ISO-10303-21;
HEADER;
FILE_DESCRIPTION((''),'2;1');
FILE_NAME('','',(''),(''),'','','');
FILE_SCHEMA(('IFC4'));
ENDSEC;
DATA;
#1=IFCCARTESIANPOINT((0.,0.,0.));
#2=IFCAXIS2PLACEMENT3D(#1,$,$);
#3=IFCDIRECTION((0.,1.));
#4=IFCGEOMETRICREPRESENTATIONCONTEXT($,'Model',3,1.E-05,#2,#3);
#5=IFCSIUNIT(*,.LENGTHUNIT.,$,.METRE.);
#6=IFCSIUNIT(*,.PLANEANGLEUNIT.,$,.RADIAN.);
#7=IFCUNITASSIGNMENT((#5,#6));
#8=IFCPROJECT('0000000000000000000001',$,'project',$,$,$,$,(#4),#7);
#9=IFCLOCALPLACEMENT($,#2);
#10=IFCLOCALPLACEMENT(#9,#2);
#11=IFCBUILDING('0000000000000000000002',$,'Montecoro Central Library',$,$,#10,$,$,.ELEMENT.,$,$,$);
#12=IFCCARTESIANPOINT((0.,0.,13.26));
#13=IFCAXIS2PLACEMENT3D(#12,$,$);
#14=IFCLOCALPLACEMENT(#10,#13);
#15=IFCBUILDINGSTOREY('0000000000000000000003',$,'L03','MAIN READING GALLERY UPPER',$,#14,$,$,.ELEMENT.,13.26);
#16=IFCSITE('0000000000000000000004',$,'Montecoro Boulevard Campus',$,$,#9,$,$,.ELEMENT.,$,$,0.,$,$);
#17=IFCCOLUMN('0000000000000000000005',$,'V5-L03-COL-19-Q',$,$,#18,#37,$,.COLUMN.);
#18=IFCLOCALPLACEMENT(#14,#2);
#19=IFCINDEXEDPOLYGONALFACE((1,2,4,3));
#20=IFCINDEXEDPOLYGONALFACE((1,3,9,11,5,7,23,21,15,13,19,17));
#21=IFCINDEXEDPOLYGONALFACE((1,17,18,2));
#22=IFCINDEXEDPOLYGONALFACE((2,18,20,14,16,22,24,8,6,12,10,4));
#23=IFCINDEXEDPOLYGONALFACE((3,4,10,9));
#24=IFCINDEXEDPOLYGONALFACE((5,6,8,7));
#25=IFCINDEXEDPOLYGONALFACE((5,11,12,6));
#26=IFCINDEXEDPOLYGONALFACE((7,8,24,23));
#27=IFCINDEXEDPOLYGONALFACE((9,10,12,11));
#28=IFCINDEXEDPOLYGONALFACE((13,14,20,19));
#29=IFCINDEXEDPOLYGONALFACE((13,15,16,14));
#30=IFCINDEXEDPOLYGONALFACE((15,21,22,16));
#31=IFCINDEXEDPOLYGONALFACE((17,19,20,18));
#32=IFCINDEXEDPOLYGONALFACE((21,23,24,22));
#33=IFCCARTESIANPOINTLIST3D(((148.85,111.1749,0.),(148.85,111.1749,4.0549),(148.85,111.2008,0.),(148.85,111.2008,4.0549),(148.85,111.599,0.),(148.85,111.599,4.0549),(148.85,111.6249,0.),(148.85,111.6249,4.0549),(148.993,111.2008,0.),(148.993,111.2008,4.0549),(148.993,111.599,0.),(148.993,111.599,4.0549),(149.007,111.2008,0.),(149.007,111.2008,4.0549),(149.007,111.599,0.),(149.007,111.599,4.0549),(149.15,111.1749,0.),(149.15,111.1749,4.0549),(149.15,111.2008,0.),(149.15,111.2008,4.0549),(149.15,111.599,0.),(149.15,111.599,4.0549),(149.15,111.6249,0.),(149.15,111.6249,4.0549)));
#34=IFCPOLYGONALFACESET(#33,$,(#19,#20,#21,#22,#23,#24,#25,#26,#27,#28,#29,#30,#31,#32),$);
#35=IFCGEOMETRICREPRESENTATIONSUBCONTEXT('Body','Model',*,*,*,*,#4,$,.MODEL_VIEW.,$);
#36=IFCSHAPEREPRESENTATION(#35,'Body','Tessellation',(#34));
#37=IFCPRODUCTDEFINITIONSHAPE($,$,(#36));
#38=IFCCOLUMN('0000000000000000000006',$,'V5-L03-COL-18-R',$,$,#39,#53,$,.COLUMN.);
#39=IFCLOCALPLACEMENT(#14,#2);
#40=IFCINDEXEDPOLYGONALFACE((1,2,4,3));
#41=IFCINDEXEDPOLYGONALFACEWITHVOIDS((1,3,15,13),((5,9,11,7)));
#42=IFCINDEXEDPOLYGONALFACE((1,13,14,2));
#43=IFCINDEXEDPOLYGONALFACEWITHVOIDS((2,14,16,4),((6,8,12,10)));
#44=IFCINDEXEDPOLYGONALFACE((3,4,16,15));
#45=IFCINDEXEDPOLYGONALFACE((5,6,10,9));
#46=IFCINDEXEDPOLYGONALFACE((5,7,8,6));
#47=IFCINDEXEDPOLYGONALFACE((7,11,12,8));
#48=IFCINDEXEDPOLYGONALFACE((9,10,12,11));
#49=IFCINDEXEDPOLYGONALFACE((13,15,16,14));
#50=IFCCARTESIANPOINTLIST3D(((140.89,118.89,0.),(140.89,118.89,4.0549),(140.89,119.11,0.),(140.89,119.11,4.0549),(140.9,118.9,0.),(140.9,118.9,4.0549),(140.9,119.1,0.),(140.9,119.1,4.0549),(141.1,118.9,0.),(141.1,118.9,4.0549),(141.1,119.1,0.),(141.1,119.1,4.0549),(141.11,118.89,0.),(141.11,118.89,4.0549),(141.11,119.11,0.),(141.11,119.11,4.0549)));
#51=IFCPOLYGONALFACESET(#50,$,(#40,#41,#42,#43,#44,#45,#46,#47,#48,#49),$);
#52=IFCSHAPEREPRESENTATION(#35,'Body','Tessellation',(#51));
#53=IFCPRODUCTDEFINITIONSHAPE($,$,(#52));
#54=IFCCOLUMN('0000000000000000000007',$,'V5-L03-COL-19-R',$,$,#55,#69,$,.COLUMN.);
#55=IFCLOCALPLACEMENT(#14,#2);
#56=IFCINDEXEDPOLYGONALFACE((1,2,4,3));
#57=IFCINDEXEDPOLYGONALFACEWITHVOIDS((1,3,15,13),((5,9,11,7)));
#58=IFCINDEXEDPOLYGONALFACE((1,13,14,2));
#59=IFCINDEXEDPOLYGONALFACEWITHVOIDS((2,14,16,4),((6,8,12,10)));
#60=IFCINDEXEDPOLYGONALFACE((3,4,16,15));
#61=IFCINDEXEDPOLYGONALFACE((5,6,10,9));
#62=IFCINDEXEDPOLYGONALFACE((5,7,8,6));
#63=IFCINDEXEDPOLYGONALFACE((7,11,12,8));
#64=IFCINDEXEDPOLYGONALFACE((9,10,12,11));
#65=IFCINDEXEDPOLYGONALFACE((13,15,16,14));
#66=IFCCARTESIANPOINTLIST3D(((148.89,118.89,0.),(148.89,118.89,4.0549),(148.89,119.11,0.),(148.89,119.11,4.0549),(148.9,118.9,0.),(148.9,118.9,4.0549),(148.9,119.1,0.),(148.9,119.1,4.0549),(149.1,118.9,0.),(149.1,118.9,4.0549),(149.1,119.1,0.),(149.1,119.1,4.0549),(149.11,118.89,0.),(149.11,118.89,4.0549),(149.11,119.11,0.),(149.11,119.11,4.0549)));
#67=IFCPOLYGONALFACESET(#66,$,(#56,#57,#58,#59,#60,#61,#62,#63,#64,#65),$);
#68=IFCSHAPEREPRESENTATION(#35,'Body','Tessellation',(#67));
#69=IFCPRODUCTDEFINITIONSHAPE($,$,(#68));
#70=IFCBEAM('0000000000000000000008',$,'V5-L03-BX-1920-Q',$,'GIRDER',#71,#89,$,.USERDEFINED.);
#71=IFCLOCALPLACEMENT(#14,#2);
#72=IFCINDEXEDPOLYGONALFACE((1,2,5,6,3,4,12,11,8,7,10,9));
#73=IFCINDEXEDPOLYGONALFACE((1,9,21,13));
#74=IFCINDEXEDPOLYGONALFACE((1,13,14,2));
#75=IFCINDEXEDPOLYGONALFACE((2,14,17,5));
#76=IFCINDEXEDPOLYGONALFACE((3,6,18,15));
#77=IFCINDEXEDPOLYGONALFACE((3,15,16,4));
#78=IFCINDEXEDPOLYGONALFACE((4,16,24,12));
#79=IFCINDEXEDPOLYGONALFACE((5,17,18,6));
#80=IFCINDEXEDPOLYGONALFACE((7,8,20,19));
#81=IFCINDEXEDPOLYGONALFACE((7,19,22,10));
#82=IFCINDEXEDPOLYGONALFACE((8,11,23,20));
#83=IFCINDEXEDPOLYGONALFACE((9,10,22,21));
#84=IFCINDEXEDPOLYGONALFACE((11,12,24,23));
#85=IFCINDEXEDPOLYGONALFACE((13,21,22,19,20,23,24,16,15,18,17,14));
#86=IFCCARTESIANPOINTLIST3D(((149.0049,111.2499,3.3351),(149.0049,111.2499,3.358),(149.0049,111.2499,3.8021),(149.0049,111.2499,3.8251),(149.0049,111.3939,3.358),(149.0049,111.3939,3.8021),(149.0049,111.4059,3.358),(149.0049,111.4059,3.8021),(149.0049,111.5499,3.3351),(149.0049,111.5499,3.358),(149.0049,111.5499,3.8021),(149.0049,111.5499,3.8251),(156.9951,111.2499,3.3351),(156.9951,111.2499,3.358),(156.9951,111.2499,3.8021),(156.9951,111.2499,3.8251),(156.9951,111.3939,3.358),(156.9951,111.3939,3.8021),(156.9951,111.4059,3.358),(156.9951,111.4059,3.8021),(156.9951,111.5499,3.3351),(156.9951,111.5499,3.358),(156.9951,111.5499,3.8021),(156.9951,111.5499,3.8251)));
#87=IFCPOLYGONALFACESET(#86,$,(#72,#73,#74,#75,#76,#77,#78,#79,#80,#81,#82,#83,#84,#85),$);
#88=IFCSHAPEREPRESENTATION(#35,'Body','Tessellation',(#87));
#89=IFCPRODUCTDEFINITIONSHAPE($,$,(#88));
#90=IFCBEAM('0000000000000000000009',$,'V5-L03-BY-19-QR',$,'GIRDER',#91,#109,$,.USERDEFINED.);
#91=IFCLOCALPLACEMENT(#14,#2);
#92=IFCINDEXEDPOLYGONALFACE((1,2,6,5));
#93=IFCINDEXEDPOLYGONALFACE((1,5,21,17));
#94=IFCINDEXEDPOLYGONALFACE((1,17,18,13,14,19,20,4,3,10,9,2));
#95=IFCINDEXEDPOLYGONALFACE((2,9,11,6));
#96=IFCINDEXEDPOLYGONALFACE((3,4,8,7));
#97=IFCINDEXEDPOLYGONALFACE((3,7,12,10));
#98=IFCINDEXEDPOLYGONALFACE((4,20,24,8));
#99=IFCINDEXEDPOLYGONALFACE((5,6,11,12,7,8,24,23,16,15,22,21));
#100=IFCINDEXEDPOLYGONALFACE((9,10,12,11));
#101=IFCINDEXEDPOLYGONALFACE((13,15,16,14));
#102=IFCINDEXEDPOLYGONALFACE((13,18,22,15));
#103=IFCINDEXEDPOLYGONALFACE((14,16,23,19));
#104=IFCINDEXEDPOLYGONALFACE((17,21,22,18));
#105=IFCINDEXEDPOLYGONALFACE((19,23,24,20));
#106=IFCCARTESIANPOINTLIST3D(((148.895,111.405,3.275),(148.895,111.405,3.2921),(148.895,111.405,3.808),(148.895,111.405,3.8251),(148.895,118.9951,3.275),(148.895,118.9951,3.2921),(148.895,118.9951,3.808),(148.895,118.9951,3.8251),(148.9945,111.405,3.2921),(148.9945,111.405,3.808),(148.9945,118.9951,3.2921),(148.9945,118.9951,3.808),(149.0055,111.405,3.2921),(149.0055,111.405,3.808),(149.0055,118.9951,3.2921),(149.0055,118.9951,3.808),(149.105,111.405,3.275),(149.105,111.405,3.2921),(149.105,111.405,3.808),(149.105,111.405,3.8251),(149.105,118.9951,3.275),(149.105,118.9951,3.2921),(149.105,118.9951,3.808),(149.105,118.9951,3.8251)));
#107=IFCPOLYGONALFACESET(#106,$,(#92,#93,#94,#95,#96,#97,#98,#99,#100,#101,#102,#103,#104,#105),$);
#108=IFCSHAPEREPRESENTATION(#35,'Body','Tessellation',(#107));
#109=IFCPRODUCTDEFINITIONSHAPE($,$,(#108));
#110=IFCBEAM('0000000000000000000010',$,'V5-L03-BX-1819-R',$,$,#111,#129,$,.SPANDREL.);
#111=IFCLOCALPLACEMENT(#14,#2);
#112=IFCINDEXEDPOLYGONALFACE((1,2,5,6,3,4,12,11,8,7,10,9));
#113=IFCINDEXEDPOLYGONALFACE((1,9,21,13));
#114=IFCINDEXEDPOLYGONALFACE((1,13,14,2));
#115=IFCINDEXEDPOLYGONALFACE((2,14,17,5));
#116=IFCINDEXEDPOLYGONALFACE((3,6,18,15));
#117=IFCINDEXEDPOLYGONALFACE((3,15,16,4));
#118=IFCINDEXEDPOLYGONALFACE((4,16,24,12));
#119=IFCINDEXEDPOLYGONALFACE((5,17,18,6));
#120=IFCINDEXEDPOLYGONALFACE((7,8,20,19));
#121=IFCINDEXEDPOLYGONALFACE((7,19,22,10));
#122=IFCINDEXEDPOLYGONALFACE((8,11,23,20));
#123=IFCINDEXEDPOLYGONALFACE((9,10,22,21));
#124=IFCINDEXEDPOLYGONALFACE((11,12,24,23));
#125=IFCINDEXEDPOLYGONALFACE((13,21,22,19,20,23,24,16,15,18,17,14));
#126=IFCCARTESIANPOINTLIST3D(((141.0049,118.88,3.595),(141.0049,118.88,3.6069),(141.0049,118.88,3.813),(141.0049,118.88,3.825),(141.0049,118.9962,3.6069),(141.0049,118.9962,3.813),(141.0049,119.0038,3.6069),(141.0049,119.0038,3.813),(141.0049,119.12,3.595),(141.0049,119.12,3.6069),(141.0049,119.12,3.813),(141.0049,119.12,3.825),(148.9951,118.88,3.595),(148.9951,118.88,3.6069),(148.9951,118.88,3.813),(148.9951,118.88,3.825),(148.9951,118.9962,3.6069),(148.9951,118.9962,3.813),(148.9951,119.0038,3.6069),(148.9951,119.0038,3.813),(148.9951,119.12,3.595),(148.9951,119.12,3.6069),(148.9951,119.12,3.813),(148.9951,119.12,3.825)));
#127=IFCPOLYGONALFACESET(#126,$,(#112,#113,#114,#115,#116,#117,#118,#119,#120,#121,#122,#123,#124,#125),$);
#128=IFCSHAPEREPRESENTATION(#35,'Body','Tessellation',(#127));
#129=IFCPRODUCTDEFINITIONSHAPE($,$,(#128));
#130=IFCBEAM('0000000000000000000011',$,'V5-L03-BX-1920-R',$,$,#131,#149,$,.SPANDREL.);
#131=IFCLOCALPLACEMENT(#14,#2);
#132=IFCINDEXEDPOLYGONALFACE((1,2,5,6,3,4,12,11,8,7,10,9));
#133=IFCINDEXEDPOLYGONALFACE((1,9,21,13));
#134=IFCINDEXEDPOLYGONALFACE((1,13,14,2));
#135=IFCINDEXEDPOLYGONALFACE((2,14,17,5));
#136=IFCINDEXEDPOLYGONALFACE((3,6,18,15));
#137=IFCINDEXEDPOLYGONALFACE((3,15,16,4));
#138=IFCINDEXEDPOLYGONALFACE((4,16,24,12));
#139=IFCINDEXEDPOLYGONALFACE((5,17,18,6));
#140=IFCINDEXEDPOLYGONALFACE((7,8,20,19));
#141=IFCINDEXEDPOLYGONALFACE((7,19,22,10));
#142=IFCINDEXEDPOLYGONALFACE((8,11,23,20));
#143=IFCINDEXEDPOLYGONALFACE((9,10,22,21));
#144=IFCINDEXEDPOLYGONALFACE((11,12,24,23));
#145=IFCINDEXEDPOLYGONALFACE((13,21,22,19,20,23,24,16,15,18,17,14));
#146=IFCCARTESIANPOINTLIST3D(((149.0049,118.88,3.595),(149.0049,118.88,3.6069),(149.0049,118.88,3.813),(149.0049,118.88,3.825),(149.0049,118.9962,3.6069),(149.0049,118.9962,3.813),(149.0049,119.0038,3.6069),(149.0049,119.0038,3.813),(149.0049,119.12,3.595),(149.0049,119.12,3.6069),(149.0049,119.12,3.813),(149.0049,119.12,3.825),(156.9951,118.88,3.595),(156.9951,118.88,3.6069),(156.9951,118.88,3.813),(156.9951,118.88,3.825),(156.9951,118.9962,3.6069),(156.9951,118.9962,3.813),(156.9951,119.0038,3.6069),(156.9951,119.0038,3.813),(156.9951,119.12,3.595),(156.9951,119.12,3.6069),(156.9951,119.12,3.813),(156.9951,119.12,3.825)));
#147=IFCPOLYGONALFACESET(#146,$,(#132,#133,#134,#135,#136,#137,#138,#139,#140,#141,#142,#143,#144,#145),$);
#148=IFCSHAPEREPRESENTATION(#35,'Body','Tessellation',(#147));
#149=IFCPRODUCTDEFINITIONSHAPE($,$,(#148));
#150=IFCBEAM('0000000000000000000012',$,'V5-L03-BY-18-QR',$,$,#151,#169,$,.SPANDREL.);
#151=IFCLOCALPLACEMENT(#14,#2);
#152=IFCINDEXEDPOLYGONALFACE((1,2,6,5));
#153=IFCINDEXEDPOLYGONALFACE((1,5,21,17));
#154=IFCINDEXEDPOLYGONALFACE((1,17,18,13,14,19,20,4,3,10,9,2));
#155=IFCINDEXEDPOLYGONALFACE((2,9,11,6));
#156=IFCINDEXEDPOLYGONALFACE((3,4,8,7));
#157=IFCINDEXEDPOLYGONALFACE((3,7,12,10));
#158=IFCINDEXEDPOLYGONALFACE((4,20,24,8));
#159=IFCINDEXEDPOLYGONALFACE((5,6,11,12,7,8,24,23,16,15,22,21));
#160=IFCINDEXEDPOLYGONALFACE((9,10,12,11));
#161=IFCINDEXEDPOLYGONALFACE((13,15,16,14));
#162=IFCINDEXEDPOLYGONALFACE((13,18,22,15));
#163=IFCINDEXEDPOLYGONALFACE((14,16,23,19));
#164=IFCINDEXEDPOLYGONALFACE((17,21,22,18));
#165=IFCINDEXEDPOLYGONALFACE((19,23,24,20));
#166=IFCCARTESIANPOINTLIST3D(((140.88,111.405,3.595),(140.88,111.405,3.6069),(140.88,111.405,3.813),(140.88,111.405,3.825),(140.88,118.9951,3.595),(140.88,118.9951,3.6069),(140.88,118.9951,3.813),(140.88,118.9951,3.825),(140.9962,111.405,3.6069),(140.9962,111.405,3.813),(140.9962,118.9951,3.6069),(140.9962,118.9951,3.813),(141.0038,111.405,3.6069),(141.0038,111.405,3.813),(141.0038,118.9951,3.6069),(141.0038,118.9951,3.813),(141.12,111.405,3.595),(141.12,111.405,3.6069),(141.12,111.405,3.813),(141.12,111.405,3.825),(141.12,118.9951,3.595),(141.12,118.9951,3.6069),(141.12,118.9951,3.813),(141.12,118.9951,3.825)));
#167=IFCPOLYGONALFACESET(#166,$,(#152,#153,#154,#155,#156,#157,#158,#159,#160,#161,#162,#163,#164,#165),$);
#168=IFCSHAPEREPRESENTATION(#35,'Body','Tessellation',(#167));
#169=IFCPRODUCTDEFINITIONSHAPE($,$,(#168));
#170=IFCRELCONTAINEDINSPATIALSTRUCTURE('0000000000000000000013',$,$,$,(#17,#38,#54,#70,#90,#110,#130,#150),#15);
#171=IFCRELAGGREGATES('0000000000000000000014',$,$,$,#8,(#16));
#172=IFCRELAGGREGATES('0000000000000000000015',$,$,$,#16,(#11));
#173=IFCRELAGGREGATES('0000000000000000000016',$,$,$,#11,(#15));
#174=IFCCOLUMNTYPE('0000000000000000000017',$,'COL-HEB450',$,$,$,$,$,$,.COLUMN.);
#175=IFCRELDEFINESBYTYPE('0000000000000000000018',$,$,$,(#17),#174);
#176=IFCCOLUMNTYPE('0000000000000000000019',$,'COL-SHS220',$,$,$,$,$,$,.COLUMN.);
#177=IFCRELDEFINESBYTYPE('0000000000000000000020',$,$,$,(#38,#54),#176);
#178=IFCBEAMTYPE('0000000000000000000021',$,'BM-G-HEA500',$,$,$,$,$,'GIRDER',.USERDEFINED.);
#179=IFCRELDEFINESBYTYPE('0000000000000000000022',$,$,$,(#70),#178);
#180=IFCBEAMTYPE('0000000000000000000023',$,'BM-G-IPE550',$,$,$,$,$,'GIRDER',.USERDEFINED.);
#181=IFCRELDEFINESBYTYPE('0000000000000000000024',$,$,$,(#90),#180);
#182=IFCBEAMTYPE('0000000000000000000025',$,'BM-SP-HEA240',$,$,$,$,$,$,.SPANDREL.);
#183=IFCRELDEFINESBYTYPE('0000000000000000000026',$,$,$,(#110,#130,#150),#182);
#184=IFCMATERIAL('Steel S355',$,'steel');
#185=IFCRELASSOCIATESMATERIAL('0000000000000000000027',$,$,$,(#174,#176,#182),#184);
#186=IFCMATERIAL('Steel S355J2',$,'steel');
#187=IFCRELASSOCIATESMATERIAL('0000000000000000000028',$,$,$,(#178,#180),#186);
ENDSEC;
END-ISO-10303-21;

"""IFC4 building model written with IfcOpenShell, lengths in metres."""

from ifc_helpers import new_model, si_unit, direction, frame, origin, origin_2d, place, context, subcontext, project, spatial, hollow_rectangle, i_section, extrude, material, material_profile, profile_set, type_object, element, save


model = new_model("IFC4")

# Units and contexts
model_context = context("Model", 3, precision=1e-05, world=origin(), true_north=direction((0.0, 1.0)))
body_context = subcontext(model_context, "Body", "Model", "MODEL_VIEW")
ifc_project = project(units=[si_unit("LENGTHUNIT", "METRE"), si_unit("PLANEANGLEUNIT", "RADIAN")], contexts=[model_context])

# Site, building, storey
site_placement = place(None, origin())
site = spatial("IfcSite", under=ifc_project, at=site_placement, Name="Montecoro Boulevard Campus", CompositionType="ELEMENT", RefElevation=0.0)
building_placement = place(site_placement, origin())
building = spatial("IfcBuilding", under=site, at=building_placement, Name="Montecoro Central Library", CompositionType="ELEMENT")
storey_placement = place(building_placement, frame((0.0, 0.0, 13.26)))
storey = spatial("IfcBuildingStorey", under=building, at=storey_placement, Name="L03", Description="MAIN READING GALLERY UPPER", CompositionType="ELEMENT", Elevation=13.26)

# Columns
ifc_material_1 = material(Name="Steel S355", Category="steel")
ifc_material_profile_1 = material_profile(ifc_material_1, i_section(OverallWidth=0.3, OverallDepth=0.45, WebThickness=0.0139, FlangeThickness=0.0259, at=origin_2d()), Name="HEB 450")
ifc_profile_set_1 = profile_set([ifc_material_profile_1], Name="Steel S355")
column_type_1 = type_object("IfcColumnType", Name="COL-HEB450", PredefinedType="COLUMN", material=ifc_profile_set_1)
column_placement = place(storey_placement, frame((149.0, 111.3999, 0.0), z_axis=(0.0, 0.0, 1.0), x_axis=(1.0, 0.0, 0.0)))
element("IfcColumn", 1, at=column_placement, inside=storey, type_object=column_type_1, Name="V5-L03-COL-19-Q", PredefinedType="COLUMN", context=body_context, shape_type="SweptSolid", body=[
    extrude(i_section(OverallWidth=0.3, OverallDepth=0.45, WebThickness=0.0139, FlangeThickness=0.0259, at=origin_2d()), origin(), (0.0, 0.0, 1.0), 4.0549),
])
ifc_material_profile_2 = material_profile(ifc_material_1, hollow_rectangle(XDim=0.22, YDim=0.22, WallThickness=0.01, at=origin_2d()), Name="SHS 220x220x10.0")
ifc_profile_set_2 = profile_set([ifc_material_profile_2], Name="Steel S355")
column_type_2 = type_object("IfcColumnType", Name="COL-SHS220", PredefinedType="COLUMN", material=ifc_profile_set_2)
for number, where, z_axis, x_axis, name in (
    (2, (141.0, 119.0, 0.0), (0.0, 0.0, 1.0), (1.0, 0.0, 0.0), "V5-L03-COL-18-R"),
    (3, (149.0, 119.0, 0.0), (0.0, 0.0, 1.0), (1.0, 0.0, 0.0), "V5-L03-COL-19-R"),
):
    element("IfcColumn", number, at=place(storey_placement, frame(where, z_axis=z_axis, x_axis=x_axis)), inside=storey, type_object=column_type_2, Name=name, PredefinedType="COLUMN", context=body_context, shape_type="SweptSolid", body=[
        extrude(hollow_rectangle(XDim=0.22, YDim=0.22, WallThickness=0.01, at=origin_2d()), origin(), (0.0, 0.0, 1.0), 4.0549),
    ])

# Beams
ifc_material_2 = material(Name="Steel S355J2", Category="steel")
ifc_material_profile_3 = material_profile(ifc_material_2, i_section(OverallWidth=0.3, OverallDepth=0.49, WebThickness=0.012, FlangeThickness=0.0229, at=origin_2d()), Name="HEA 500")
ifc_profile_set_3 = profile_set([ifc_material_profile_3], Name="Steel S355J2")
beam_type_1 = type_object("IfcBeamType", Name="BM-G-HEA500", ElementType="GIRDER", PredefinedType="USERDEFINED", material=ifc_profile_set_3)
beam_1_placement = place(storey_placement, frame((149.0049, 111.3999, 3.5801), z_axis=(1.0, 0.0, 0.0), x_axis=(0.0, 1.0, 0.0)))
element("IfcBeam", 4, at=beam_1_placement, inside=storey, type_object=beam_type_1, Name="V5-L03-BX-1920-Q", ObjectType="GIRDER", PredefinedType="USERDEFINED", context=body_context, shape_type="SweptSolid", body=[
    extrude(i_section(OverallWidth=0.3, OverallDepth=0.49, WebThickness=0.012, FlangeThickness=0.0229, at=origin_2d()), origin(), (0.0, 0.0, 1.0), 7.9902),
])
ifc_material_profile_4 = material_profile(ifc_material_2, i_section(OverallWidth=0.21, OverallDepth=0.55, WebThickness=0.011, FlangeThickness=0.0171, at=origin_2d()), Name="IPE 550")
ifc_profile_set_4 = profile_set([ifc_material_profile_4], Name="Steel S355J2")
beam_type_2 = type_object("IfcBeamType", Name="BM-G-IPE550", ElementType="GIRDER", PredefinedType="USERDEFINED", material=ifc_profile_set_4)
beam_2_placement = place(storey_placement, frame((149.0, 111.405, 3.55), z_axis=(0.0, 1.0, 0.0), x_axis=(-1.0, 0.0, 0.0)))
element("IfcBeam", 5, at=beam_2_placement, inside=storey, type_object=beam_type_2, Name="V5-L03-BY-19-QR", ObjectType="GIRDER", PredefinedType="USERDEFINED", context=body_context, shape_type="SweptSolid", body=[
    extrude(i_section(OverallWidth=0.21, OverallDepth=0.55, WebThickness=0.011, FlangeThickness=0.0171, at=origin_2d()), origin(), (0.0, 0.0, 1.0), 7.5901),
])
ifc_material_profile_5 = material_profile(ifc_material_1, i_section(OverallWidth=0.24, OverallDepth=0.23, WebThickness=0.0076, FlangeThickness=0.012, at=origin_2d()), Name="HEA 240")
ifc_profile_set_5 = profile_set([ifc_material_profile_5], Name="Steel S355")
beam_type_3 = type_object("IfcBeamType", Name="BM-SP-HEA240", PredefinedType="SPANDREL", material=ifc_profile_set_5)
for number, where, z_axis, x_axis, name in (
    (6, (141.0049, 119.0, 3.71), (1.0, 0.0, 0.0), (0.0, 1.0, 0.0), "V5-L03-BX-1819-R"),
    (7, (149.0049, 119.0, 3.71), (1.0, 0.0, 0.0), (0.0, 1.0, 0.0), "V5-L03-BX-1920-R"),
):
    element("IfcBeam", number, at=place(storey_placement, frame(where, z_axis=z_axis, x_axis=x_axis)), inside=storey, type_object=beam_type_3, Name=name, PredefinedType="SPANDREL", context=body_context, shape_type="SweptSolid", body=[
        extrude(i_section(OverallWidth=0.24, OverallDepth=0.23, WebThickness=0.0076, FlangeThickness=0.012, at=origin_2d()), origin(), (0.0, 0.0, 1.0), 7.9902),
    ])
beam_3_placement = place(storey_placement, frame((141.0, 111.405, 3.71), z_axis=(0.0, 1.0, 0.0), x_axis=(-1.0, 0.0, 0.0)))
element("IfcBeam", 8, at=beam_3_placement, inside=storey, type_object=beam_type_3, Name="V5-L03-BY-18-QR", PredefinedType="SPANDREL", context=body_context, shape_type="SweptSolid", body=[
    extrude(i_section(OverallWidth=0.24, OverallDepth=0.23, WebThickness=0.0076, FlangeThickness=0.012, at=origin_2d()), origin(), (0.0, 0.0, 1.0), 7.5901),
])

save(model, "model.ifc")
